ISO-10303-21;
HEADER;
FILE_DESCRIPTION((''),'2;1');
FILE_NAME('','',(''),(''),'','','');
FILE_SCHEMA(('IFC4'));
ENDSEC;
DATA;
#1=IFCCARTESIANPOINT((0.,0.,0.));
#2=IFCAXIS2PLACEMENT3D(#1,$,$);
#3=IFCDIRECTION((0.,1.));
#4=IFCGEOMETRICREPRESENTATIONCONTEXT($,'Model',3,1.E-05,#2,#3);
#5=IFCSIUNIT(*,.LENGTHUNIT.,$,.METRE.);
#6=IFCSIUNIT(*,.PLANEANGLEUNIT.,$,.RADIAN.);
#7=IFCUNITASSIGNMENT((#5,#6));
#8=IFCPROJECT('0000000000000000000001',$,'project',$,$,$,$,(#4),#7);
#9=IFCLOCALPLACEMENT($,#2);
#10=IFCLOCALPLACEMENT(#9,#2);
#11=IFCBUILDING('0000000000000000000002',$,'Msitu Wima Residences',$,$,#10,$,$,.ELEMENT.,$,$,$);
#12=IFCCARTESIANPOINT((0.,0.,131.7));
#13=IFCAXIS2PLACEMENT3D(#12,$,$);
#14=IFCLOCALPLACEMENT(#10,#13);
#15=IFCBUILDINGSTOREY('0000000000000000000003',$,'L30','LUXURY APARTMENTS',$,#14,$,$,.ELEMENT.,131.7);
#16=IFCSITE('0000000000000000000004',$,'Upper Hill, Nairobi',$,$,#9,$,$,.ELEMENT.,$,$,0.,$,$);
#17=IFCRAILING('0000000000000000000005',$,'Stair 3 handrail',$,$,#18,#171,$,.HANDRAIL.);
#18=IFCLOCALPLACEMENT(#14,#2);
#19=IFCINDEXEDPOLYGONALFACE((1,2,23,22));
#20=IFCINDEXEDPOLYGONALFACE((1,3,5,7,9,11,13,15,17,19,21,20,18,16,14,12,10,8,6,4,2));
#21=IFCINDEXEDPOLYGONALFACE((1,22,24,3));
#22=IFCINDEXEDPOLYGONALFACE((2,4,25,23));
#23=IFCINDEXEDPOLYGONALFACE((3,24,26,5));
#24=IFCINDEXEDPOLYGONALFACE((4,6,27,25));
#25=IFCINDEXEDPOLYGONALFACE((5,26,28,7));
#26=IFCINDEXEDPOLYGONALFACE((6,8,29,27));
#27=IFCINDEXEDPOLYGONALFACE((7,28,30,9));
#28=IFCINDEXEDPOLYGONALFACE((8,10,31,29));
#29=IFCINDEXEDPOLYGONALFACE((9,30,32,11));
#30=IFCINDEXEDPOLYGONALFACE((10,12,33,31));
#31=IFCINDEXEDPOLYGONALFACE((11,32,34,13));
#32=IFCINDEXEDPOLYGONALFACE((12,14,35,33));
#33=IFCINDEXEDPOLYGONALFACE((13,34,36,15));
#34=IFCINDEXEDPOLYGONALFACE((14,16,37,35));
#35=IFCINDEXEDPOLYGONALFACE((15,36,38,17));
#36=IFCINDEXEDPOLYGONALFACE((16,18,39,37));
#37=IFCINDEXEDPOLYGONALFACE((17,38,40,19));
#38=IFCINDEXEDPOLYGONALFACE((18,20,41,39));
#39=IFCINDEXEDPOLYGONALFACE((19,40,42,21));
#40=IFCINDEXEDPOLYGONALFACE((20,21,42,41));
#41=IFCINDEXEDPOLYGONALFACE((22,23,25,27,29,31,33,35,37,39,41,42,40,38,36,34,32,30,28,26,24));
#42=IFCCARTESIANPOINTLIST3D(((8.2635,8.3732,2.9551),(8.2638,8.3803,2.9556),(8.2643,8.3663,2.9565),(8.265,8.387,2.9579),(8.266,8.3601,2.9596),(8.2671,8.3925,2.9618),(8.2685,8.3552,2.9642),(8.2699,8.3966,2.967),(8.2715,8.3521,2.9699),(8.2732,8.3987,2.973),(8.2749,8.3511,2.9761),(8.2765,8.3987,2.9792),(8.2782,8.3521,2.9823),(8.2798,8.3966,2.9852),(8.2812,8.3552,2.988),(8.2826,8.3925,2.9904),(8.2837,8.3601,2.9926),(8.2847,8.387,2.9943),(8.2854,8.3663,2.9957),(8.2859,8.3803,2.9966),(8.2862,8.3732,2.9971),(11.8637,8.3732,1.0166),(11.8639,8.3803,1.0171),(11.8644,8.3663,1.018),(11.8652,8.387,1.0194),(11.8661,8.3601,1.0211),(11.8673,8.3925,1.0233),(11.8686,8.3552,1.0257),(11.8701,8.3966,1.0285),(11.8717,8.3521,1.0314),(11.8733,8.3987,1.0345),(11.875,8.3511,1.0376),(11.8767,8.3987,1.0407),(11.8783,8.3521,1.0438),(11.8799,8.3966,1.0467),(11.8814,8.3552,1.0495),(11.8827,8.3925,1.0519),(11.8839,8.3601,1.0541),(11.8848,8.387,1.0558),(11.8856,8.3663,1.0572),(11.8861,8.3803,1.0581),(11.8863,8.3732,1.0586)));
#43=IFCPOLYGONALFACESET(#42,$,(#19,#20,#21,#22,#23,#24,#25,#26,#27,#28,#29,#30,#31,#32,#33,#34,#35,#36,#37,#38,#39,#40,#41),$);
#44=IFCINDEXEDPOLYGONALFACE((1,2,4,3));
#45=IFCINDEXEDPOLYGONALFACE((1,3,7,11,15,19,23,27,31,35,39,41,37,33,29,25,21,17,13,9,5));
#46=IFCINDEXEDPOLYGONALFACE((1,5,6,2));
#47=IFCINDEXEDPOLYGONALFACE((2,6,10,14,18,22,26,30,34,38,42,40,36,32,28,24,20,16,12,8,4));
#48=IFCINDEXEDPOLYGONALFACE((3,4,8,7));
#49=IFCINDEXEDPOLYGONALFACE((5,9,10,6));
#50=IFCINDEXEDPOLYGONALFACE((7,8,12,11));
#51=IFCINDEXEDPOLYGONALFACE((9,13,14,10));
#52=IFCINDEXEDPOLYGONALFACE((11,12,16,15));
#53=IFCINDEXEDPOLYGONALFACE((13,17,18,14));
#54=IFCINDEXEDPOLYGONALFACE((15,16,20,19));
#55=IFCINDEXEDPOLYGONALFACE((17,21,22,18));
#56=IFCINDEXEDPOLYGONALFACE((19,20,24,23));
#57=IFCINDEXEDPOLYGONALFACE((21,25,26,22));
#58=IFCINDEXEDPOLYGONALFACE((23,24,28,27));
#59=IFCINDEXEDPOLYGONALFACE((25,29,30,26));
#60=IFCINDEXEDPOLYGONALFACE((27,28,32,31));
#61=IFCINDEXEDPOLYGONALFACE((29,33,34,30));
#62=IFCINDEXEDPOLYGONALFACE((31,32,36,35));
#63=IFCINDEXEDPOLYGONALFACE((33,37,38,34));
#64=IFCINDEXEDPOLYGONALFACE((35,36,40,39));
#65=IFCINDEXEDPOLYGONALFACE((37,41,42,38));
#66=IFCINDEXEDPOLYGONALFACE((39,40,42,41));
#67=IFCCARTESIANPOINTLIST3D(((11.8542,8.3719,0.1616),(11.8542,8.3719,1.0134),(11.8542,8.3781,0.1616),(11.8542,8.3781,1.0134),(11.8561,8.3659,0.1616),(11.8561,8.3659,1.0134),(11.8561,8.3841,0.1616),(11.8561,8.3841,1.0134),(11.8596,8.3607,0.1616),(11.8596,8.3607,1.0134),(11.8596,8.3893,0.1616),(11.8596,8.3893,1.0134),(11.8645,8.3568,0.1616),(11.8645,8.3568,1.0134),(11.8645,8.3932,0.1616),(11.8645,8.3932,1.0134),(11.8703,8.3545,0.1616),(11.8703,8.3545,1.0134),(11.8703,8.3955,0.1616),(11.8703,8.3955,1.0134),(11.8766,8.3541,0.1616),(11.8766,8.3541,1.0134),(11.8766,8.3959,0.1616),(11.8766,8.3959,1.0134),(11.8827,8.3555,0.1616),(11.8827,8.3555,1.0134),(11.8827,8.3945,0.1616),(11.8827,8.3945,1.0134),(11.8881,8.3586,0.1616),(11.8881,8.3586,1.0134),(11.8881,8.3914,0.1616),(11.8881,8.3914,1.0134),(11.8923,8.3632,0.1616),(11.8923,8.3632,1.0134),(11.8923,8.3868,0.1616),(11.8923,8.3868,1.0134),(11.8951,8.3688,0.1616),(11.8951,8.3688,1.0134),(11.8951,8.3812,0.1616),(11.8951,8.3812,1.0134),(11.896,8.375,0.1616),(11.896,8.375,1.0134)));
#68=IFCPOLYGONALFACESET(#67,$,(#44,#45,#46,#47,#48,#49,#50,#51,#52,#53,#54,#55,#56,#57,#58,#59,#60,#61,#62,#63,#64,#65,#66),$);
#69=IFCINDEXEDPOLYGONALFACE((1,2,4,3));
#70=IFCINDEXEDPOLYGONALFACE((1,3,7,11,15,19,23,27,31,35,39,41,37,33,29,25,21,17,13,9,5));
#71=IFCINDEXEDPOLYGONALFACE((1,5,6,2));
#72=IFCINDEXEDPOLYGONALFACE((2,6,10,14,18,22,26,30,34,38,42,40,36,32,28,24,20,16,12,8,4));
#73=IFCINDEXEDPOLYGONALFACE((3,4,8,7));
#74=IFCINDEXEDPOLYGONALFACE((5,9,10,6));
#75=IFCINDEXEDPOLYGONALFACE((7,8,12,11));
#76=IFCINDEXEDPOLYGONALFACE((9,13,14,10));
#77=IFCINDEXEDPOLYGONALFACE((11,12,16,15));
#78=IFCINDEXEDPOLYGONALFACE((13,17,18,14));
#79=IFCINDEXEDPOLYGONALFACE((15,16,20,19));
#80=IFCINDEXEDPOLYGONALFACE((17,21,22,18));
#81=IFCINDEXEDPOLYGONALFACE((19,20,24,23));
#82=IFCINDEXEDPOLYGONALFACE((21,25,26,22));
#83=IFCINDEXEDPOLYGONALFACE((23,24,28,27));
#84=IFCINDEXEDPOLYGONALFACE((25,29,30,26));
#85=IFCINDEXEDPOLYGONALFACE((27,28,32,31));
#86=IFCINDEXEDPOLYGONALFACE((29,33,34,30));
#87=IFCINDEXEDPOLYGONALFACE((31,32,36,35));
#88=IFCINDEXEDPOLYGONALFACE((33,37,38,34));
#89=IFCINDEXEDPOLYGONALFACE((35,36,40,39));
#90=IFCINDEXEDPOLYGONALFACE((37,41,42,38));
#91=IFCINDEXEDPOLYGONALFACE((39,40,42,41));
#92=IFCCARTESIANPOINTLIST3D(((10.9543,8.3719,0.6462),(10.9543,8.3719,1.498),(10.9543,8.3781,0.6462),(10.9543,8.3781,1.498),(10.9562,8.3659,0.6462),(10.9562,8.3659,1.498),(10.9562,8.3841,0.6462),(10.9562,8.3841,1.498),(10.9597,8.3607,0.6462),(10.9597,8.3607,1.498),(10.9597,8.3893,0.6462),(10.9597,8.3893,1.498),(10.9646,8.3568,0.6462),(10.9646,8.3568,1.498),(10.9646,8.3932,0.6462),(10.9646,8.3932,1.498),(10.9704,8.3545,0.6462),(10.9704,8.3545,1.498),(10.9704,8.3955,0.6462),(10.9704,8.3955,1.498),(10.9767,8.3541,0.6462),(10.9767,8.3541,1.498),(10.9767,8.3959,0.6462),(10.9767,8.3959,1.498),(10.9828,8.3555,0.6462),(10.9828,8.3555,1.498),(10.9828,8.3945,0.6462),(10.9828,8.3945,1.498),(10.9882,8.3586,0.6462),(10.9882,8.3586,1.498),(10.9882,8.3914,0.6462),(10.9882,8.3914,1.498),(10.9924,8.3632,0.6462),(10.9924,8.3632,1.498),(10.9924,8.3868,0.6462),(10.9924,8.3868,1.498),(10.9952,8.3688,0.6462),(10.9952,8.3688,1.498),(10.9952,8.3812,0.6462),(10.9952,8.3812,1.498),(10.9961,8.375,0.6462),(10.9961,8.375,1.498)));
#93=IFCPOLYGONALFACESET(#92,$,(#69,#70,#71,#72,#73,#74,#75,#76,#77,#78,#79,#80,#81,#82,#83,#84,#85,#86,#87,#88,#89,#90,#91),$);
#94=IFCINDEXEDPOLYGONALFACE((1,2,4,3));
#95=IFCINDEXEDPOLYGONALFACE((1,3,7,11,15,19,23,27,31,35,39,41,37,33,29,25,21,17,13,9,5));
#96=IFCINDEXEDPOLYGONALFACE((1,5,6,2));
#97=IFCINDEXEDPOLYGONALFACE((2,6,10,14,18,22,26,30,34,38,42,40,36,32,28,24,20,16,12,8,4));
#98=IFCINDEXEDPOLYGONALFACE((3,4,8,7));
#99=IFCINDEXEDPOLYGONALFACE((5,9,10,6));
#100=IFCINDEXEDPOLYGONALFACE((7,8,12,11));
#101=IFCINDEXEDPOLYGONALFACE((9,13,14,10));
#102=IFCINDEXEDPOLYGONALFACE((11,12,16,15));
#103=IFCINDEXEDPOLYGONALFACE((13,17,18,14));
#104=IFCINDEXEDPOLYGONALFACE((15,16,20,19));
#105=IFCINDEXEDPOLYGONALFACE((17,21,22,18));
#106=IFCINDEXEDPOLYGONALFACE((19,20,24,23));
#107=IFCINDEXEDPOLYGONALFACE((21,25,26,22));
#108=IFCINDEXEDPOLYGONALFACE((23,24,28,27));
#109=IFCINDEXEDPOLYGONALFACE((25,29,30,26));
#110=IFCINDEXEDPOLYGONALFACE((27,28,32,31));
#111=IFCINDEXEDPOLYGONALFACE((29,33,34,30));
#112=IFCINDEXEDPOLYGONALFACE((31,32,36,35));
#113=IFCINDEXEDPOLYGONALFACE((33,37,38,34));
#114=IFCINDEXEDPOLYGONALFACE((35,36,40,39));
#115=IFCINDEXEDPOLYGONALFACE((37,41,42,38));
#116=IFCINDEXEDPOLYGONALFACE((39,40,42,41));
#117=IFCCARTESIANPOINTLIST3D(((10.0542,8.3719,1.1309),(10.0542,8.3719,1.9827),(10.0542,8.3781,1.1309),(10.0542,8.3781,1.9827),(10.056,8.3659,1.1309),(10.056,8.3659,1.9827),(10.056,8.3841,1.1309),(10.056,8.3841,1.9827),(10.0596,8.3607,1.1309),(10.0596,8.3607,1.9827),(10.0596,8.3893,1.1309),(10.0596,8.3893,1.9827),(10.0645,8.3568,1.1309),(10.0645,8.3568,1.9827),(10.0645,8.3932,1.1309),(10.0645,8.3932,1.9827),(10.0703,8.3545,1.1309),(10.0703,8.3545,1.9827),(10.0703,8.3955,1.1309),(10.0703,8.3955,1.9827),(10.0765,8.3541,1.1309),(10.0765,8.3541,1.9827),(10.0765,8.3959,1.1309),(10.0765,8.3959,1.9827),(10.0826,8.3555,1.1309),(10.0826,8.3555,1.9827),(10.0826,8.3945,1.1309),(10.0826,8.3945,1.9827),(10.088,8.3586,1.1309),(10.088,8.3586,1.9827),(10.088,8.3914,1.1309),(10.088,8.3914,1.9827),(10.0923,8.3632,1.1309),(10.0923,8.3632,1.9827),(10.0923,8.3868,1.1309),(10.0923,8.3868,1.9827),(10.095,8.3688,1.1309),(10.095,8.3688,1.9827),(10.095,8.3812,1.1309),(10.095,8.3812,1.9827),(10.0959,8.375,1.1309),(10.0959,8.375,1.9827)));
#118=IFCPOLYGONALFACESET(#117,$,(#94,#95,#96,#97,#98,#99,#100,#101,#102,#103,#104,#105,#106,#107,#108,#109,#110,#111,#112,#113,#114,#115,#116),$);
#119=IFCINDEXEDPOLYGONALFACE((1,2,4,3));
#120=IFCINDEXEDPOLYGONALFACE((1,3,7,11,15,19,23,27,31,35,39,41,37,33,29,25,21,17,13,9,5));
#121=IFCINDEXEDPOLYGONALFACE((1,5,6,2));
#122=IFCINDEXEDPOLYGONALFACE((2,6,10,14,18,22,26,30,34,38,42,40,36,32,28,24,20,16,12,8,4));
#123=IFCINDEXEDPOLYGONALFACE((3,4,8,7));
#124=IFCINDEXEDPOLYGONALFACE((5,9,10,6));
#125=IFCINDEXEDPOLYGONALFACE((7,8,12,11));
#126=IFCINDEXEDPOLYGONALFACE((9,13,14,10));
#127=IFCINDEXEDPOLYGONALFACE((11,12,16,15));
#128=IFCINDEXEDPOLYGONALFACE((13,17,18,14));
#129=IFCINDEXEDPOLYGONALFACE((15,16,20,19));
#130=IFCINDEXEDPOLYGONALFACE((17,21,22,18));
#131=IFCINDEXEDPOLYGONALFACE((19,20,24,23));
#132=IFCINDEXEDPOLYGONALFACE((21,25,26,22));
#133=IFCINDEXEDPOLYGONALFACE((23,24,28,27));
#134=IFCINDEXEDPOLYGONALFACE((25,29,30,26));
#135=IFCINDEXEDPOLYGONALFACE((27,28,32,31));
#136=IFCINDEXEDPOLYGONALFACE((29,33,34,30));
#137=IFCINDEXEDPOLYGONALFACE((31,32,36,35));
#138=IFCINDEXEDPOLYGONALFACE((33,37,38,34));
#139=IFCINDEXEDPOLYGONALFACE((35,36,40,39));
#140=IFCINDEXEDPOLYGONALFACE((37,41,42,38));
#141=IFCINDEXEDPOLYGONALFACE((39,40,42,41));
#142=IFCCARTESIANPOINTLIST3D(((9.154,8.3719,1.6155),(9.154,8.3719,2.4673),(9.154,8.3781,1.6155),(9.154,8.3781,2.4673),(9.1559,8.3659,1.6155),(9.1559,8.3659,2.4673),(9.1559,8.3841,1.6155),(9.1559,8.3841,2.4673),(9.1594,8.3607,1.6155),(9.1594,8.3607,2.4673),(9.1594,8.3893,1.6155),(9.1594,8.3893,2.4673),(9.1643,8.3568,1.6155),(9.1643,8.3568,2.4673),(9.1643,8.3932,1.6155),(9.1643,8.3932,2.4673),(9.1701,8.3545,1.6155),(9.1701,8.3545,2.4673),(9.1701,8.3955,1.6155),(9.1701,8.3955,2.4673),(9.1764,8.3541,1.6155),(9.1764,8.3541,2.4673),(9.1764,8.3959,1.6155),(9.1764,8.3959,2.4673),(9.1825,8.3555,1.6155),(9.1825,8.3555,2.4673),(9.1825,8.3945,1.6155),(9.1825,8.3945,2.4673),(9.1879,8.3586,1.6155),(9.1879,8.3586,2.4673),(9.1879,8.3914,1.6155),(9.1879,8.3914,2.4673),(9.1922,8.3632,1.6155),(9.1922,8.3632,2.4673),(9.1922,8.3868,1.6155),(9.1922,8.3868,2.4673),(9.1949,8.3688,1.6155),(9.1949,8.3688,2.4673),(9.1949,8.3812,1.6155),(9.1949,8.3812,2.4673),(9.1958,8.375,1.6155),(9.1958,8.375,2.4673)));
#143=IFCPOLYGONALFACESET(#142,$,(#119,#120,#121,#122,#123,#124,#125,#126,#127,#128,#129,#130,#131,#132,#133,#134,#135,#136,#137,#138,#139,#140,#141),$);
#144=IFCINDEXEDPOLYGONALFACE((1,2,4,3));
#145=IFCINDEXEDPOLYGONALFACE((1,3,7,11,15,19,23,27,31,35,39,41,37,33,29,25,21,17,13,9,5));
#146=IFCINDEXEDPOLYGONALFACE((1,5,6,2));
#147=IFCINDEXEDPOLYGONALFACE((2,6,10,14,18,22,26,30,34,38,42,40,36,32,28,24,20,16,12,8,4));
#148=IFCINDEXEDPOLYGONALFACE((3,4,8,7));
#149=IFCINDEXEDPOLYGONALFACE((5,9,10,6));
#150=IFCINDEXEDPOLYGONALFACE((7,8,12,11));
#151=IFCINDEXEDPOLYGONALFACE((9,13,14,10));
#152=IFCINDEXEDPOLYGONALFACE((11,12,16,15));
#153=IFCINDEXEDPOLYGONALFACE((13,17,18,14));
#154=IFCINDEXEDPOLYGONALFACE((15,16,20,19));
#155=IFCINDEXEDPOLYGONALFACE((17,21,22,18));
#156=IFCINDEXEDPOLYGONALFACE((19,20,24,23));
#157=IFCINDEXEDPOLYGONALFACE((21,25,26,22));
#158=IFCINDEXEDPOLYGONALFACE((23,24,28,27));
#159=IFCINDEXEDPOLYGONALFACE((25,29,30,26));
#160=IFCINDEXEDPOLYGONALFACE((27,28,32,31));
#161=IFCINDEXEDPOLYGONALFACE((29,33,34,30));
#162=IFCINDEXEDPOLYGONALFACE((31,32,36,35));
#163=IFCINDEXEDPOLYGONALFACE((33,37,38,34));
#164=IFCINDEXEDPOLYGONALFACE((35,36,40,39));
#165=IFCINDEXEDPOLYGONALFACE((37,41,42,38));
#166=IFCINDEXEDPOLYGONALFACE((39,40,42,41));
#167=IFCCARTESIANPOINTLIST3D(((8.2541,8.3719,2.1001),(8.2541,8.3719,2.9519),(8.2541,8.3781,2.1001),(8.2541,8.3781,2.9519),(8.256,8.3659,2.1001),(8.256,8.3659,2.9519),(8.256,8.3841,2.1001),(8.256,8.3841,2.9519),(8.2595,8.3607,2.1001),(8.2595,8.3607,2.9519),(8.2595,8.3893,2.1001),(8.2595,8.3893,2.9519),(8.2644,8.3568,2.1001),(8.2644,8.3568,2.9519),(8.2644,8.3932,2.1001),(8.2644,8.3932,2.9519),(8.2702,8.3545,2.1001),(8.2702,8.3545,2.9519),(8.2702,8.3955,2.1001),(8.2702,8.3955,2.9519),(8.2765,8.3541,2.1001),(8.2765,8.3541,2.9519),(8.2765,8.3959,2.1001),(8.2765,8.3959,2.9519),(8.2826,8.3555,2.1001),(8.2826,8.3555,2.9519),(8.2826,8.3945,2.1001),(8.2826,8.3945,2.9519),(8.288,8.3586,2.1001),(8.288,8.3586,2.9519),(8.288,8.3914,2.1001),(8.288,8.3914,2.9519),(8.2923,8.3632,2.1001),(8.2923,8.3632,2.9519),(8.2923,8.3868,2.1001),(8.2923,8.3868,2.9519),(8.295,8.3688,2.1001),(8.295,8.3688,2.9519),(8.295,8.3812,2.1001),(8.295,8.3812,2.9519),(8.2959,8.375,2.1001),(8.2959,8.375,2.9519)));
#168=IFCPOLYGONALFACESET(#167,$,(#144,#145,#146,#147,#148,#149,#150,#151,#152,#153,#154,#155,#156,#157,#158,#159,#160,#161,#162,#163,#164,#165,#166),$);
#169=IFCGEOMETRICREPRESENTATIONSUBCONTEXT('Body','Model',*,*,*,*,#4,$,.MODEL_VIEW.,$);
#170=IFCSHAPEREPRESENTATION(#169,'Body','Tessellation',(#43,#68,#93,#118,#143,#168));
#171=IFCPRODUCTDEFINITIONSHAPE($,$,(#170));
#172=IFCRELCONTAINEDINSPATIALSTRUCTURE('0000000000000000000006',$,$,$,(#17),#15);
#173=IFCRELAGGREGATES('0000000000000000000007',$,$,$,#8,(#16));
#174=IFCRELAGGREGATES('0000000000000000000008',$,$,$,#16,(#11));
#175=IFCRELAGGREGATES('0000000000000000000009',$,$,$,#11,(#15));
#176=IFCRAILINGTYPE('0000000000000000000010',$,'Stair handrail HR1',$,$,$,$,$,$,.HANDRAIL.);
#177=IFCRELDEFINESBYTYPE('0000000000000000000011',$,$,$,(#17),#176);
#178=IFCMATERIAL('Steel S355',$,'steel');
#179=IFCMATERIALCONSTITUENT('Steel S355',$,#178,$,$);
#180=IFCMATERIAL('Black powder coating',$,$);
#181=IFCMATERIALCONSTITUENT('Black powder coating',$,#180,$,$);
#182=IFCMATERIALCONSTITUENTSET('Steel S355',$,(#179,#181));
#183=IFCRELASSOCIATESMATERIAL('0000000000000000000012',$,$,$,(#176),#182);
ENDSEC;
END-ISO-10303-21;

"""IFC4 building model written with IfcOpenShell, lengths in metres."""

from ifc_helpers import new_model, si_unit, direction, frame, origin, origin_2d, place, context, subcontext, project, spatial, circle, extrude, material, constituent, constituent_set, type_object, element, save


model = new_model("IFC4")

# Units and contexts
model_context = context("Model", 3, precision=1e-05, world=origin(), true_north=direction((0.0, 1.0)))
body_context = subcontext(model_context, "Body", "Model", "MODEL_VIEW")
ifc_project = project(units=[si_unit("LENGTHUNIT", "METRE"), si_unit("PLANEANGLEUNIT", "RADIAN")], contexts=[model_context])

# Site, building, storey
site_placement = place(None, origin())
site = spatial("IfcSite", under=ifc_project, at=site_placement, Name="Upper Hill, Nairobi", CompositionType="ELEMENT", RefElevation=0.0)
building_placement = place(site_placement, origin())
building = spatial("IfcBuilding", under=site, at=building_placement, Name="Msitu Wima Residences", CompositionType="ELEMENT")
storey_placement = place(building_placement, frame((0.0, 0.0, 131.7)))
storey = spatial("IfcBuildingStorey", under=building, at=storey_placement, Name="L30", Description="LUXURY APARTMENTS", CompositionType="ELEMENT", Elevation=131.7)

# Railing
ifc_material_1 = material(Name="Steel S355", Category="steel")
ifc_constituent_1 = constituent(ifc_material_1, Name="Steel S355")
ifc_material_2 = material(Name="Black powder coating")
ifc_constituent_2 = constituent(ifc_material_2, Name="Black powder coating")
ifc_constituent_set = constituent_set(constituents=[ifc_constituent_1, ifc_constituent_2], Name="Steel S355")
railing_type = type_object("IfcRailingType", Name="Stair handrail HR1", PredefinedType="HANDRAIL", material=ifc_constituent_set)
for number, where, name in (
    (1, (11.875, 8.375, 0.1616), "Stair 3 handrail"),
):
    element("IfcRailing", number, at=place(storey_placement, frame(where)), inside=storey, type_object=railing_type, Name=name, PredefinedType="HANDRAIL", context=body_context, shape_type="SweptSolid", body=[
        extrude(circle(Radius=0.0239, at=origin_2d()), frame((0.0, 0.0, 0.876), z_axis=(-0.880475, 0.0, 0.474093), x_axis=(0.0, -1.0, 0.0)), (0.0, 0.0, 1.0), 4.0889),
        extrude(circle(Radius=0.021, at=origin_2d()), origin(), (0.0, 0.0, 1.0), 0.8518),
        extrude(circle(Radius=0.021, at=origin_2d()), frame((-0.8999, 0.0, 0.4846)), (0.0, 0.0, 1.0), 0.8518),
        extrude(circle(Radius=0.021, at=origin_2d()), frame((-1.8, 0.0, 0.9692)), (0.0, 0.0, 1.0), 0.8518),
        extrude(circle(Radius=0.021, at=origin_2d()), frame((-2.7002, 0.0, 1.4539)), (0.0, 0.0, 1.0), 0.8518),
        extrude(circle(Radius=0.021, at=origin_2d()), frame((-3.6001, 0.0, 1.9385)), (0.0, 0.0, 1.0), 0.8518),
    ])

save(model, "model.ifc")
